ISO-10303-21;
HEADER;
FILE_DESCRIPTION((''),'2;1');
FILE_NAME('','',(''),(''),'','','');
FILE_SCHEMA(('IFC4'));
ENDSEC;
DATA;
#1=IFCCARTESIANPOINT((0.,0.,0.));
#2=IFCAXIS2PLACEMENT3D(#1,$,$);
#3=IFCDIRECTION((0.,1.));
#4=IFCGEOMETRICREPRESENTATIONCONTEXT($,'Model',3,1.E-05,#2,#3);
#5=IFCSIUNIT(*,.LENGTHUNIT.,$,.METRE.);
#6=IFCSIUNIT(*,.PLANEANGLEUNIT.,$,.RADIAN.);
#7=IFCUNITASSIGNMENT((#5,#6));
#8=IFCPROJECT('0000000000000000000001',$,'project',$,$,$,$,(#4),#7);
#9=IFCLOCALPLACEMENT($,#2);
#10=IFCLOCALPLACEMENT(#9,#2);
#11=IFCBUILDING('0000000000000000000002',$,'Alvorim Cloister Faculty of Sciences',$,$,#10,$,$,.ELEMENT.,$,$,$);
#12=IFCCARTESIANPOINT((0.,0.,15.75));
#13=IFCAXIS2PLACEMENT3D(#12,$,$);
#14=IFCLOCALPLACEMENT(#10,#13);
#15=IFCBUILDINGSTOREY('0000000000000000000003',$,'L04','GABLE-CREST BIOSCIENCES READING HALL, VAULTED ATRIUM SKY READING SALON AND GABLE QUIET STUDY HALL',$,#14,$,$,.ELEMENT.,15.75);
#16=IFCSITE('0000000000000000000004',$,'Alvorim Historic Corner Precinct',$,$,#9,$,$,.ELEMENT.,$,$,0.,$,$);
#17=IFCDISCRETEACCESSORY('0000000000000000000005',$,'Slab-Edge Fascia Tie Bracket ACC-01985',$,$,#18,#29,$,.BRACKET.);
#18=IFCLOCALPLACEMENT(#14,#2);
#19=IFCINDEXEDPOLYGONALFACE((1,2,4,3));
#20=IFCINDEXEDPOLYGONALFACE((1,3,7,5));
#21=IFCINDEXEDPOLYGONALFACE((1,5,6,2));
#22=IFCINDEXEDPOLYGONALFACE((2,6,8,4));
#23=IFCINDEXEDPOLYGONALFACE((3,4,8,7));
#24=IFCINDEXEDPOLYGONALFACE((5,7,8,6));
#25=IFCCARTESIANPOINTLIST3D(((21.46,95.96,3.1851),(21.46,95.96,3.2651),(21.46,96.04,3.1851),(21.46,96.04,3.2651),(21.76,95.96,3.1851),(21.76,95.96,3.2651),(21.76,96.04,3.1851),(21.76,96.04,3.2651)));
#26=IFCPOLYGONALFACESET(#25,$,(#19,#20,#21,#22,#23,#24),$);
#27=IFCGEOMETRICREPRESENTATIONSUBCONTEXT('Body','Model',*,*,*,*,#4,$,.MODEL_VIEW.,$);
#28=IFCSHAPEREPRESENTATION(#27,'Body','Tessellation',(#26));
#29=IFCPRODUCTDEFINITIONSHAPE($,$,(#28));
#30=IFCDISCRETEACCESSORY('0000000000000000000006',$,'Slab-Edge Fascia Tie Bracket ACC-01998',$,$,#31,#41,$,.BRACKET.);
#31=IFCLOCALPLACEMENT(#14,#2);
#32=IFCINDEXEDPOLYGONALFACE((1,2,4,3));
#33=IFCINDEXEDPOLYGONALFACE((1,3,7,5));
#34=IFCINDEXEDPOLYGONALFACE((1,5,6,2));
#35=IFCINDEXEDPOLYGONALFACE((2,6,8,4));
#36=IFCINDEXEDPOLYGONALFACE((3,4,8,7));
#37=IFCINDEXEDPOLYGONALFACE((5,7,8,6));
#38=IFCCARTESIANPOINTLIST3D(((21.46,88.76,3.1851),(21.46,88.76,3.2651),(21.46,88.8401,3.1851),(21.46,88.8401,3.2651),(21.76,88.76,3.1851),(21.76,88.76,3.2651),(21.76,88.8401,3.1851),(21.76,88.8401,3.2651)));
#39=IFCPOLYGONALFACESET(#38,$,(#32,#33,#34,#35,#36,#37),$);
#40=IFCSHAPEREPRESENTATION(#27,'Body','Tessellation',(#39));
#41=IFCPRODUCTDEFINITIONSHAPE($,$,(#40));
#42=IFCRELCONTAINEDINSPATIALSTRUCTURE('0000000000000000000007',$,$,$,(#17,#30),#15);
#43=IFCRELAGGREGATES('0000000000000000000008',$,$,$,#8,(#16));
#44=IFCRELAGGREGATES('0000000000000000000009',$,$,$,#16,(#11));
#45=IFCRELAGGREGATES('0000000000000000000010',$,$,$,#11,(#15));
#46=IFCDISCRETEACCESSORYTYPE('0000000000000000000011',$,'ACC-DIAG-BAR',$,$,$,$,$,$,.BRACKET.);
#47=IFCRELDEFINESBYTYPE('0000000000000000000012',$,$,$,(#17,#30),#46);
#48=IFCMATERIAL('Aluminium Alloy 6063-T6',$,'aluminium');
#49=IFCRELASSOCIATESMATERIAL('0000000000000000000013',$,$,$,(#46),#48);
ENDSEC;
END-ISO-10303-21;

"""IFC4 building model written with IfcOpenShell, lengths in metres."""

from ifc_helpers import new_model, si_unit, direction, frame, origin, origin_2d, place, context, subcontext, project, spatial, rectangle, extrude, material, type_object, element, save


model = new_model("IFC4")

# Units and contexts
model_context = context("Model", 3, precision=1e-05, world=origin(), true_north=direction((0.0, 1.0)))
body_context = subcontext(model_context, "Body", "Model", "MODEL_VIEW")
ifc_project = project(units=[si_unit("LENGTHUNIT", "METRE"), si_unit("PLANEANGLEUNIT", "RADIAN")], contexts=[model_context])

# Site, building, storey
site_placement = place(None, origin())
site = spatial("IfcSite", under=ifc_project, at=site_placement, Name="Alvorim Historic Corner Precinct", CompositionType="ELEMENT", RefElevation=0.0)
building_placement = place(site_placement, origin())
building = spatial("IfcBuilding", under=site, at=building_placement, Name="Alvorim Cloister Faculty of Sciences", CompositionType="ELEMENT")
storey_placement = place(building_placement, frame((0.0, 0.0, 15.75)))
storey = spatial("IfcBuildingStorey", under=building, at=storey_placement, Name="L04", Description="GABLE-CREST BIOSCIENCES READING HALL, VAULTED ATRIUM SKY READING SALON AND GABLE QUIET STUDY HALL", CompositionType="ELEMENT", Elevation=15.75)

# Shared definitions
ifc_material_1 = material(Name="Aluminium Alloy 6063-T6", Category="aluminium")

# Discrete accessories
discrete_accessory_type = type_object("IfcDiscreteAccessoryType", Name="ACC-DIAG-BAR", PredefinedType="BRACKET", material=ifc_material_1)
for number, where, z_axis, x_axis, name in (
    (1, (21.46, 96.0, 3.2251), (1.0, 0.0, 0.0), (0.0, 1.0, 0.0), "Slab-Edge Fascia Tie Bracket ACC-01985"),
    (2, (21.46, 88.8, 3.2251), (1.0, 0.0, 0.0), (0.0, 1.0, 0.0), "Slab-Edge Fascia Tie Bracket ACC-01998"),
):
    element("IfcDiscreteAccessory", number, at=place(storey_placement, frame(where, z_axis=z_axis, x_axis=x_axis)), inside=storey, type_object=discrete_accessory_type, Name=name, PredefinedType="BRACKET", context=body_context, shape_type="SweptSolid", body=[
        extrude(rectangle(XDim=0.0801, YDim=0.0801, at=origin_2d()), origin(), (0.0, 0.0, 1.0), 0.3),
    ])

save(model, "model.ifc")
